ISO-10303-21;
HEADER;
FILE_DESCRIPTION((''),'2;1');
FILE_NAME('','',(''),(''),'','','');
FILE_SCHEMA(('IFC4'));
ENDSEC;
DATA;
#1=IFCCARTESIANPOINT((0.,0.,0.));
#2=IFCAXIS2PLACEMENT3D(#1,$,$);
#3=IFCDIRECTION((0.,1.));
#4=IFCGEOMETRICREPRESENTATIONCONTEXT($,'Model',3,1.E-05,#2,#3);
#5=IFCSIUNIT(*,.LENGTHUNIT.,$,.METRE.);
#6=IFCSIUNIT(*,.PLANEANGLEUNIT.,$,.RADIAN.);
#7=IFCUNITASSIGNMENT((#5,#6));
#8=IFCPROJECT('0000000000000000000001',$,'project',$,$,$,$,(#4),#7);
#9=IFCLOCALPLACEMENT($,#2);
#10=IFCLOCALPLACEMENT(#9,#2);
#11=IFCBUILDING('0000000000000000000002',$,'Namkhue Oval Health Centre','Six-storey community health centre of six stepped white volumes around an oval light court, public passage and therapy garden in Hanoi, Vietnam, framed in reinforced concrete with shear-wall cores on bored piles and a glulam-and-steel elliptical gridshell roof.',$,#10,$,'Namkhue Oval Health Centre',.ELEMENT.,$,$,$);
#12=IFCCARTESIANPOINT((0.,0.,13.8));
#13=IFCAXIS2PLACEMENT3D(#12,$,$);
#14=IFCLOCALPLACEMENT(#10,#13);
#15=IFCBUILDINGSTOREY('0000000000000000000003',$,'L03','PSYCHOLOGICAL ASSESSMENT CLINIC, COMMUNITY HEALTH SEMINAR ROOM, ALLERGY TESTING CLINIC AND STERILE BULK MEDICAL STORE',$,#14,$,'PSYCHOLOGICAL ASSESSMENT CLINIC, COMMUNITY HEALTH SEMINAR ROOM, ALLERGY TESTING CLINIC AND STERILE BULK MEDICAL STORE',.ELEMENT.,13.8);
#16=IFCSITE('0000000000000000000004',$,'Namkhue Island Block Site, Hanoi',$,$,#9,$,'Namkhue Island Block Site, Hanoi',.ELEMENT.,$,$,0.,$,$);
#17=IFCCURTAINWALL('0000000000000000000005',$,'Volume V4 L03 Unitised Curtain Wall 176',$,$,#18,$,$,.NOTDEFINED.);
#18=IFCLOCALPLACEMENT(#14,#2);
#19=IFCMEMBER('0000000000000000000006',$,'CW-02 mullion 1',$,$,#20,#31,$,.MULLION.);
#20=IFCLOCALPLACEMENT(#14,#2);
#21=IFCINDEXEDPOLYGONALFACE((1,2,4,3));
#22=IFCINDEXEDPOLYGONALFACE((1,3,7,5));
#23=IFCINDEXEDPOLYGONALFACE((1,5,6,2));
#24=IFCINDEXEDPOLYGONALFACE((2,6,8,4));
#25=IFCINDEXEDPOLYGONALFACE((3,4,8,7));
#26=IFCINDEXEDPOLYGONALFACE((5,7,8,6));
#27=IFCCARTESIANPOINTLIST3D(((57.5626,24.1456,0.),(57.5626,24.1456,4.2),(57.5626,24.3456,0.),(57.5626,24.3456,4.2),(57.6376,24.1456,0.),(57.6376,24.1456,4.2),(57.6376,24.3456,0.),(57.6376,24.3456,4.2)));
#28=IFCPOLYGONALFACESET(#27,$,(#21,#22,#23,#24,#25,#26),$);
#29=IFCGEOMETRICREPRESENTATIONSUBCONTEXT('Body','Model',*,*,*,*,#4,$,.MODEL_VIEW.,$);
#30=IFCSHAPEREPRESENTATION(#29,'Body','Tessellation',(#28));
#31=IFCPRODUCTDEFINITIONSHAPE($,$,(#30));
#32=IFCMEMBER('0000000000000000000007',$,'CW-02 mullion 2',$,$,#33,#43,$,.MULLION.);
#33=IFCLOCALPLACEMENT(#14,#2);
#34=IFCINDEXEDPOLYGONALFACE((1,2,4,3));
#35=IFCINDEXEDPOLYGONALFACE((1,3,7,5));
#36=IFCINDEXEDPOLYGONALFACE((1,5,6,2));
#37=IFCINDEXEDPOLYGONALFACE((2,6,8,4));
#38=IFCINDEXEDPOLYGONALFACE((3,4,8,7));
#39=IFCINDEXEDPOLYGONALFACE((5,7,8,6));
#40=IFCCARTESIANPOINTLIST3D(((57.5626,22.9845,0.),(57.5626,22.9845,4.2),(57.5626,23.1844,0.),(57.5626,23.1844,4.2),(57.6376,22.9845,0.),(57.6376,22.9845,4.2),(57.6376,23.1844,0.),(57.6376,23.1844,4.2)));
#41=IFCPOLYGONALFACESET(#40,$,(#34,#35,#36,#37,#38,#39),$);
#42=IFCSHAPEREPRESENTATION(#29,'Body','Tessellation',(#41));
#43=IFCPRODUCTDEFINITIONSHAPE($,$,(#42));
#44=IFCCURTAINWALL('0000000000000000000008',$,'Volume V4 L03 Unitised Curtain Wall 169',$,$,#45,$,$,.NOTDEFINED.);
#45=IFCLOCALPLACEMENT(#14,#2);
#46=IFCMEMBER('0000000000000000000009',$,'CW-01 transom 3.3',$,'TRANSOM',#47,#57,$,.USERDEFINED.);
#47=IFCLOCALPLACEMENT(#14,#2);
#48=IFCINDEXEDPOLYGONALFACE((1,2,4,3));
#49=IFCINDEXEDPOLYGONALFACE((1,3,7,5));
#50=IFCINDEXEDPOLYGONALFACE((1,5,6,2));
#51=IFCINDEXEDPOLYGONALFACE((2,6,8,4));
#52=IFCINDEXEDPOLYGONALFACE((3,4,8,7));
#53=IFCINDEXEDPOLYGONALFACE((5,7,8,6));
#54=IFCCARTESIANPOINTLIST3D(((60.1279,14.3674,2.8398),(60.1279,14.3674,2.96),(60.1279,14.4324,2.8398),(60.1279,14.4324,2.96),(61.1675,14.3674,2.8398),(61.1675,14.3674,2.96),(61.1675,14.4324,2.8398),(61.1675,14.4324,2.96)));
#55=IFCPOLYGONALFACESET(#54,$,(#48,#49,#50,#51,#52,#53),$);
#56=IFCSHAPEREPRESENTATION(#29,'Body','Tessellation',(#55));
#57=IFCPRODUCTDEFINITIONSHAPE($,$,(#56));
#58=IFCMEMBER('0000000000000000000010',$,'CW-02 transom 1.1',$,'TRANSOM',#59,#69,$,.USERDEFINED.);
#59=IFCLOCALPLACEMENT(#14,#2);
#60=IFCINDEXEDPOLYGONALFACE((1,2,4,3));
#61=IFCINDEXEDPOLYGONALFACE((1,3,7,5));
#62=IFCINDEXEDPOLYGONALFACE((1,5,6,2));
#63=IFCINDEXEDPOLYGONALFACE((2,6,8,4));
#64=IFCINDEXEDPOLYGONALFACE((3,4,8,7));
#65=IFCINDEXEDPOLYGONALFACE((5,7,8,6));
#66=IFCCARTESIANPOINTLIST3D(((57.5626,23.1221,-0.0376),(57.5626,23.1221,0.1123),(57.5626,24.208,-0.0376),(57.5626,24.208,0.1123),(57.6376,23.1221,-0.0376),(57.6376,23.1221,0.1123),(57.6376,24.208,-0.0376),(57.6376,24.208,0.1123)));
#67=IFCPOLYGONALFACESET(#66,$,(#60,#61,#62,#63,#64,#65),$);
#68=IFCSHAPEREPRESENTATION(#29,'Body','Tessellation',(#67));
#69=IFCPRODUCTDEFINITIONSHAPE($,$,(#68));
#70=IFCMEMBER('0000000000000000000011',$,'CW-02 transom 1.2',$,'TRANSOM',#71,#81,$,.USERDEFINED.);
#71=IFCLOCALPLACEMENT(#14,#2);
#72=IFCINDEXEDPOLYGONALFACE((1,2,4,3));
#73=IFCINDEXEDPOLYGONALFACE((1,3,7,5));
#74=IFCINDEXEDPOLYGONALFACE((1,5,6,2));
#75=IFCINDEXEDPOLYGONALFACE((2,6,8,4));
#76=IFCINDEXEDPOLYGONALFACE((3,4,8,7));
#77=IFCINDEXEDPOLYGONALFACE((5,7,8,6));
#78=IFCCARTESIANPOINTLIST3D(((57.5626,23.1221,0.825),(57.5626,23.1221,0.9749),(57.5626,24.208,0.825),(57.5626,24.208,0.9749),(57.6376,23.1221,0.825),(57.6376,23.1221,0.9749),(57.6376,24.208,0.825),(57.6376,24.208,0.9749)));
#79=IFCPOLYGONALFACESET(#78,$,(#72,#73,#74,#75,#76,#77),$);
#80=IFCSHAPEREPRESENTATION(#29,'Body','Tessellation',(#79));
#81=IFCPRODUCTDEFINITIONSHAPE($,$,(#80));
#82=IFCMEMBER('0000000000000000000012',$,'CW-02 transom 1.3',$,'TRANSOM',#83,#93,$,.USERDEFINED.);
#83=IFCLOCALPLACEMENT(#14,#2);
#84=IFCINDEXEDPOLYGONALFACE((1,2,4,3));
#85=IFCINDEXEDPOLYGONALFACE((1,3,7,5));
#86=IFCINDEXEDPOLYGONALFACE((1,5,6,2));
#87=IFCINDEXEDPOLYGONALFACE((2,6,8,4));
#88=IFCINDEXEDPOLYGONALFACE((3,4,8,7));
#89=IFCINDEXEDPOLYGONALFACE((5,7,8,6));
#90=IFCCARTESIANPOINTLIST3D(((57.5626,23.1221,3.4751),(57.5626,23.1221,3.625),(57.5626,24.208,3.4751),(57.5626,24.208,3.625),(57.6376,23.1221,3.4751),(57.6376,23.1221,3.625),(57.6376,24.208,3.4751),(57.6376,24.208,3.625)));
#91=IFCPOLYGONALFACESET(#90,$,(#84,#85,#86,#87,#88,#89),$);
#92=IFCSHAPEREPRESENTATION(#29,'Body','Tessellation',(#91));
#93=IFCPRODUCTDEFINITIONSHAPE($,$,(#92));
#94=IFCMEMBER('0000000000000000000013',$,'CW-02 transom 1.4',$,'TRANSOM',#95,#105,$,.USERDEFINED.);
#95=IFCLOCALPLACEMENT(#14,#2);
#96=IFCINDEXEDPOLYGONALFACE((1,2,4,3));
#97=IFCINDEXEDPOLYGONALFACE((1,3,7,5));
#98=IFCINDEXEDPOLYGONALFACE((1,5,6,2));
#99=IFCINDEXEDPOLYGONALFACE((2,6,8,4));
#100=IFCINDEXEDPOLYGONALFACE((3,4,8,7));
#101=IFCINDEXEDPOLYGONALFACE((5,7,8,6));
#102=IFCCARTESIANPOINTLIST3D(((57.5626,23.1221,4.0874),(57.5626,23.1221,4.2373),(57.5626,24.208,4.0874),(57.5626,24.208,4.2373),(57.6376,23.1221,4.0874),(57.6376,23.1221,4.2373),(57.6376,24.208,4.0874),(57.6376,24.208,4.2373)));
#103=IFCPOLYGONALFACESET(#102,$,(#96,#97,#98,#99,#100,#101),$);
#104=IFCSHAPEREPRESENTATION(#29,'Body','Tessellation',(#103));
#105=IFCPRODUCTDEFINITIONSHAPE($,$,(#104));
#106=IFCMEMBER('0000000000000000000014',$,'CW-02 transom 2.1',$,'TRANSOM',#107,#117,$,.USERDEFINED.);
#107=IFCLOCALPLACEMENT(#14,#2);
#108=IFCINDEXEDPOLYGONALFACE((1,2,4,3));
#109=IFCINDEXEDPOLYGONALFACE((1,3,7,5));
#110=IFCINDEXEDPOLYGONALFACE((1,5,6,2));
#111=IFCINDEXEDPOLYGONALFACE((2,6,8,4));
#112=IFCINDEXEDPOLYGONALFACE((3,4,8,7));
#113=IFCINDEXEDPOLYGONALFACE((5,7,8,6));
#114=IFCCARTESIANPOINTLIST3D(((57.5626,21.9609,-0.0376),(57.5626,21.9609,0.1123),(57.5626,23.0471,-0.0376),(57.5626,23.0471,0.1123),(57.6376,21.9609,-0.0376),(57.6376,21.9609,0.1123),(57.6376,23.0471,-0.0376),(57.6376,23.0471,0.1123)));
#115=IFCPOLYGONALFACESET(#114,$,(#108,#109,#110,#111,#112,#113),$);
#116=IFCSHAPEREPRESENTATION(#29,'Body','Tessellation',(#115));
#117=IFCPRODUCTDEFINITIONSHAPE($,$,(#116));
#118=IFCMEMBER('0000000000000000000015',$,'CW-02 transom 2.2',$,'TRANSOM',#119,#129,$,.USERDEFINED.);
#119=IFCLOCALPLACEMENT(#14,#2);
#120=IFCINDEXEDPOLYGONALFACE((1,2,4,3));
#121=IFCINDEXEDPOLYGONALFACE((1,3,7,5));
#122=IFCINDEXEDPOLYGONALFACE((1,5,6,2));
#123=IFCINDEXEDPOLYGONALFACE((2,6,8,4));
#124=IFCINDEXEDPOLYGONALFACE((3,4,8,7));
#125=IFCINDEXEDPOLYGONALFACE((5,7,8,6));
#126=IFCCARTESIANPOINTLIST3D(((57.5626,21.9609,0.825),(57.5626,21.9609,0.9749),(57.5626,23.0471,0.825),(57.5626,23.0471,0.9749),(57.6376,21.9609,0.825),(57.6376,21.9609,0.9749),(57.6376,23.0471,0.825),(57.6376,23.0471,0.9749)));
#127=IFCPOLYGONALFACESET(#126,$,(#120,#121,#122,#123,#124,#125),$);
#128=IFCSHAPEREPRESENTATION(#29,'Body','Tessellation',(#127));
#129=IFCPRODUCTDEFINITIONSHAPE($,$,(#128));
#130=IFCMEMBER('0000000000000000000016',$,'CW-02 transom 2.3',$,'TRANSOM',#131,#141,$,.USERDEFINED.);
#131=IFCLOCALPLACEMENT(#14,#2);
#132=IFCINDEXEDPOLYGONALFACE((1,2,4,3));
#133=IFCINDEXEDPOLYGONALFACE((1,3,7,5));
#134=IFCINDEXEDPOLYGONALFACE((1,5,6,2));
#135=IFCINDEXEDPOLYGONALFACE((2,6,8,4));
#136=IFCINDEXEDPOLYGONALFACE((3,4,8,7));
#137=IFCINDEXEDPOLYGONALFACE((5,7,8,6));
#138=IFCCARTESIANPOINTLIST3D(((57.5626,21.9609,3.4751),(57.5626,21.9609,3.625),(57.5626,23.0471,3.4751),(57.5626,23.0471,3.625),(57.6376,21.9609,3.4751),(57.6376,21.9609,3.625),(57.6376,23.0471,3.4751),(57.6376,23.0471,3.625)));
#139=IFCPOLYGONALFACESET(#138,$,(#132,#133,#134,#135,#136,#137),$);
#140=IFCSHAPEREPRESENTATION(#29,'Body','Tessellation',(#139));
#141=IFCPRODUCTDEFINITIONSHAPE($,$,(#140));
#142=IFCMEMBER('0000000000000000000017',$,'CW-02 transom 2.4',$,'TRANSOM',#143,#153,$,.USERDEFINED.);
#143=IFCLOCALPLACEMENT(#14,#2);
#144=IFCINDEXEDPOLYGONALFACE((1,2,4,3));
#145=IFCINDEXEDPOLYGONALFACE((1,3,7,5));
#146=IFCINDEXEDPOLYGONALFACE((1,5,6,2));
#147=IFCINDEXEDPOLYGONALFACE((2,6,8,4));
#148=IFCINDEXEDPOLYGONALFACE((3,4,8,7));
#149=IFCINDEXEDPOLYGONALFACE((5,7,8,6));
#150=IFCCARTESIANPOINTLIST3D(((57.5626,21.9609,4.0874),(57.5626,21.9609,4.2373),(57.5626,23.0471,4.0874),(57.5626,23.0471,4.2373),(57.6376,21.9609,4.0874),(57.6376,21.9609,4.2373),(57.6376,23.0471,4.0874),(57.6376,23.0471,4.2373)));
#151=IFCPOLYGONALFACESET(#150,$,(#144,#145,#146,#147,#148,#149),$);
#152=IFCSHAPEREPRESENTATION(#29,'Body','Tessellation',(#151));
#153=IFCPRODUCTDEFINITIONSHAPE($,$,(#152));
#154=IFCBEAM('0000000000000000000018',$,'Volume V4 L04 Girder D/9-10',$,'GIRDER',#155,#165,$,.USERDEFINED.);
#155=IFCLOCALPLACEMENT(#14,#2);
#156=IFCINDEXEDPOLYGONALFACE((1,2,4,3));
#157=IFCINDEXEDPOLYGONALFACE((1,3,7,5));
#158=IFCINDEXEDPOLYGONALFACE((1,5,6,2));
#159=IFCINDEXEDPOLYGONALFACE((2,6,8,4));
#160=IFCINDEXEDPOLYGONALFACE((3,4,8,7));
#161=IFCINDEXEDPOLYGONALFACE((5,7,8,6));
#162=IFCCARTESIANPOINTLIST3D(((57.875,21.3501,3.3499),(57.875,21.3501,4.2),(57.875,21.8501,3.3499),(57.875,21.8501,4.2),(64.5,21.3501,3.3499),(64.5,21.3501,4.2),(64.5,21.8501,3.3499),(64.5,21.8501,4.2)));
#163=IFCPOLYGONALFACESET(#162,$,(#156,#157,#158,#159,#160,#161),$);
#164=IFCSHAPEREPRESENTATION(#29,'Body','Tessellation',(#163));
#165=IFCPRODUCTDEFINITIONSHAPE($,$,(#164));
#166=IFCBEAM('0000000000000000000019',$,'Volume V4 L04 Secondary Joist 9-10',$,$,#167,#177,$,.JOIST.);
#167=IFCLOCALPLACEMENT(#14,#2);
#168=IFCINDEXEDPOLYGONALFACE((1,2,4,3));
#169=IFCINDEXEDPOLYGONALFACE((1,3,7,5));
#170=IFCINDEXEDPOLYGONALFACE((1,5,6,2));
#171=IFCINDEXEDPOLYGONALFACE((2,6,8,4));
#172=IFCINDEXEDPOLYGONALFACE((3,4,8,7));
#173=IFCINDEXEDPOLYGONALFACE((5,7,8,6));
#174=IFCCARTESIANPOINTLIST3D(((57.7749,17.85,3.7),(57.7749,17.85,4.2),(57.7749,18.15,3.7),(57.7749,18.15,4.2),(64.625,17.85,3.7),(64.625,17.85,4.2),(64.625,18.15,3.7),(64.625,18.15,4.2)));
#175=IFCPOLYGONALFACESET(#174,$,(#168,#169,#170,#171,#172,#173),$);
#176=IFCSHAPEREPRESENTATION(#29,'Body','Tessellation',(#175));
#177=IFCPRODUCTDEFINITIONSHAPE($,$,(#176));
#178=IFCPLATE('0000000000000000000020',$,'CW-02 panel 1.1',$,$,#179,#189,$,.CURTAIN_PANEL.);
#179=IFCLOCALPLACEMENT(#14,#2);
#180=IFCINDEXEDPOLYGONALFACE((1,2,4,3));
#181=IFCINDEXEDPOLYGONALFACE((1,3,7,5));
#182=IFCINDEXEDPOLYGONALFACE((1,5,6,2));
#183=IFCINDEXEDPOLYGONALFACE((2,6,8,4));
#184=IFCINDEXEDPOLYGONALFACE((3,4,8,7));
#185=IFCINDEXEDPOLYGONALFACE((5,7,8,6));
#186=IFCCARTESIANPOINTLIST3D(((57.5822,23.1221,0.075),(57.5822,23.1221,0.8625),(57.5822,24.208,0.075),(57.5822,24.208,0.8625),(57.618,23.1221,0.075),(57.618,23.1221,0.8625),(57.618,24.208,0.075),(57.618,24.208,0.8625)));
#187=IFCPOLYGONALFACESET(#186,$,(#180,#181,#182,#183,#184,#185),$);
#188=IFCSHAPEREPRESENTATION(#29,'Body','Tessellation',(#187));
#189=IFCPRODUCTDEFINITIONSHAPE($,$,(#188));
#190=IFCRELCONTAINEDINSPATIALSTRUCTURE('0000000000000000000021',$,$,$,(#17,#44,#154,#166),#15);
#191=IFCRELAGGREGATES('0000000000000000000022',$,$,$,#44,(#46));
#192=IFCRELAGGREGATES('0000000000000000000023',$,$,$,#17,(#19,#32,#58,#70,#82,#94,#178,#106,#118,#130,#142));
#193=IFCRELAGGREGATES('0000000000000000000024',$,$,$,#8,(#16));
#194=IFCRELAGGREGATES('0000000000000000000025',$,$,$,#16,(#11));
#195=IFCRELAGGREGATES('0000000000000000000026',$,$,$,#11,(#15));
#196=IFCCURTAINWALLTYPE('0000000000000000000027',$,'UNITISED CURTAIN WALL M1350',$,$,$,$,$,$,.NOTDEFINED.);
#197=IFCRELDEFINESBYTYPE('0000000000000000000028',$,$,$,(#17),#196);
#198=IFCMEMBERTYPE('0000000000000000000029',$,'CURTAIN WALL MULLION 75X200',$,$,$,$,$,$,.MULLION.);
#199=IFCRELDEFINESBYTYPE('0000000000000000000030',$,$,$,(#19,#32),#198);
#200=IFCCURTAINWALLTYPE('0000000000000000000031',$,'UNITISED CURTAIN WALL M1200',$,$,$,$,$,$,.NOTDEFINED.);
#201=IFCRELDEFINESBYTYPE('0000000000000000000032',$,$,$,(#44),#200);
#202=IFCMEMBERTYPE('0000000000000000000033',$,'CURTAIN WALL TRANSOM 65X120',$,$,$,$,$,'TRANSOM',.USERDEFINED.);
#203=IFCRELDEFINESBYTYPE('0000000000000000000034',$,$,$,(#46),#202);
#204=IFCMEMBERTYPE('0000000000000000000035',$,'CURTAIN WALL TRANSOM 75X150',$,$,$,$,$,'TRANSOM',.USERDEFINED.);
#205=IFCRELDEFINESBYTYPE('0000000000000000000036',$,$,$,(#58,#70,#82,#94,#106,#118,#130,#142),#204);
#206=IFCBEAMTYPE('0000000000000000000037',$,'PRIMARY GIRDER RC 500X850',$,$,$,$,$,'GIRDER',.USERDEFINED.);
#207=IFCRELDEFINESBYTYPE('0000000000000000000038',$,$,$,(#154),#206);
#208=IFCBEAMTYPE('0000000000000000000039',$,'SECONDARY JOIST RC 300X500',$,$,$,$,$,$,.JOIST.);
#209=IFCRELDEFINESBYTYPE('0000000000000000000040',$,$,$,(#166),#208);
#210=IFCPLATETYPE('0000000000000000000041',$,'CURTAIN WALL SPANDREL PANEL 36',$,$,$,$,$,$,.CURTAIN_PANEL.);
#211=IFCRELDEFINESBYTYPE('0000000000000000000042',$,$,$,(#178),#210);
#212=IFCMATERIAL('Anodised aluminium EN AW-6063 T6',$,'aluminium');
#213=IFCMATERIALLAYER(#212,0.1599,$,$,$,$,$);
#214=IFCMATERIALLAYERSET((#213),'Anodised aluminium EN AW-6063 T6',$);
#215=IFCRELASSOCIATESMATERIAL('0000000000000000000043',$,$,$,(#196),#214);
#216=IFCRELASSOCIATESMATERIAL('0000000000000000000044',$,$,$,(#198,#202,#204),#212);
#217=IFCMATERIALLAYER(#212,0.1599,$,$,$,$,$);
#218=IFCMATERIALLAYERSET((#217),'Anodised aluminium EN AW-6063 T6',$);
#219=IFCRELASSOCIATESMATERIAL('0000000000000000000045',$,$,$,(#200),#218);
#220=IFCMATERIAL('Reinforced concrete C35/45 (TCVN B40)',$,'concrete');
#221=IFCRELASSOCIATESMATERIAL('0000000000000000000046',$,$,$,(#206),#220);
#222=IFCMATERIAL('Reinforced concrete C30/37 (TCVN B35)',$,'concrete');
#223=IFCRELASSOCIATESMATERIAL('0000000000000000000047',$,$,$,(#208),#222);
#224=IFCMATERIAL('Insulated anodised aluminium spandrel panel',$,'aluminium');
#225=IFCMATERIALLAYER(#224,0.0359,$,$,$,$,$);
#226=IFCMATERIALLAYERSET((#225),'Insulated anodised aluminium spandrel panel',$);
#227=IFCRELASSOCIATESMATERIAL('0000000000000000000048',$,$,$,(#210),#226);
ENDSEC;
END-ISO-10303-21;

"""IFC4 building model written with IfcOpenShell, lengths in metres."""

from ifc_helpers import new_model, si_unit, direction, frame, origin, origin_2d, place, context, subcontext, project, spatial, rectangle, extrude, material, layer, layer_set, material_profile, profile_set, type_object, element, aggregate, save


model = new_model("IFC4")

# Units and contexts
model_context = context("Model", 3, precision=1e-05, world=origin(), true_north=direction((0.0, 1.0)))
body_context = subcontext(model_context, "Body", "Model", "MODEL_VIEW")
ifc_project = project(units=[si_unit("LENGTHUNIT", "METRE"), si_unit("PLANEANGLEUNIT", "RADIAN")], contexts=[model_context])

# Site, building, storey
site_placement = place(None, origin())
site = spatial("IfcSite", under=ifc_project, at=site_placement, Name="Namkhue Island Block Site, Hanoi", LongName="Namkhue Island Block Site, Hanoi", CompositionType="ELEMENT", RefElevation=0.0)
building_placement = place(site_placement, origin())
building = spatial("IfcBuilding", under=site, at=building_placement, Name="Namkhue Oval Health Centre", Description="Six-storey community health centre of six stepped white volumes around an oval light court, public passage and therapy garden in Hanoi, Vietnam, framed in reinforced concrete with shear-wall cores on bored piles and a glulam-and-steel elliptical gridshell roof.", LongName="Namkhue Oval Health Centre", CompositionType="ELEMENT")
storey_placement = place(building_placement, frame((0.0, 0.0, 13.8)))
storey = spatial("IfcBuildingStorey", under=building, at=storey_placement, Name="L03", Description="PSYCHOLOGICAL ASSESSMENT CLINIC, COMMUNITY HEALTH SEMINAR ROOM, ALLERGY TESTING CLINIC AND STERILE BULK MEDICAL STORE", LongName="PSYCHOLOGICAL ASSESSMENT CLINIC, COMMUNITY HEALTH SEMINAR ROOM, ALLERGY TESTING CLINIC AND STERILE BULK MEDICAL STORE", CompositionType="ELEMENT", Elevation=13.8)

# Curtain wall, members
ifc_material_1 = material(Name="Anodised aluminium EN AW-6063 T6", Category="aluminium")
ifc_layer_1 = layer(ifc_material_1, 0.1599)
ifc_layer_set_1 = layer_set([ifc_layer_1], Name="Anodised aluminium EN AW-6063 T6")
curtain_wall_type_1 = type_object("IfcCurtainWallType", Name="UNITISED CURTAIN WALL M1350", PredefinedType="NOTDEFINED", material=ifc_layer_set_1)
curtain_wall_1_placement = place(storey_placement, origin())
curtain_wall_1 = element("IfcCurtainWall", 1, at=curtain_wall_1_placement, inside=storey, type_object=curtain_wall_type_1, Name="Volume V4 L03 Unitised Curtain Wall 176", PredefinedType="NOTDEFINED")
ifc_material_profile_1 = material_profile(ifc_material_1, rectangle(XDim=0.075, YDim=0.2, at=origin_2d()), Name="ALU 75x200")
ifc_profile_set_1 = profile_set([ifc_material_profile_1], Name="Anodised aluminium EN AW-6063 T6")
member_type_1 = type_object("IfcMemberType", Name="CURTAIN WALL MULLION 75X200", PredefinedType="MULLION", material=ifc_profile_set_1)
member_1_placement = place(storey_placement, frame((57.6001, 24.2456, 0.0), z_axis=(0.0, 0.0, 1.0), x_axis=(1.0, 0.0, 0.0)))
member_1 = element("IfcMember", 2, at=member_1_placement, type_object=member_type_1, Name="CW-02 mullion 1", PredefinedType="MULLION", context=body_context, shape_type="SweptSolid", body=[
    extrude(rectangle(XDim=0.075, YDim=0.2, at=origin_2d()), origin(), (0.0, 0.0, 1.0), 4.2),
])
member_2_placement = place(storey_placement, frame((57.6001, 23.0845, 0.0), z_axis=(0.0, 0.0, 1.0), x_axis=(1.0, 0.0, 0.0)))
member_2 = element("IfcMember", 3, at=member_2_placement, type_object=member_type_1, Name="CW-02 mullion 2", PredefinedType="MULLION", context=body_context, shape_type="SweptSolid", body=[
    extrude(rectangle(XDim=0.075, YDim=0.2, at=origin_2d()), origin(), (0.0, 0.0, 1.0), 4.2),
])

# Curtain wall, member
ifc_layer_2 = layer(ifc_material_1, 0.1599)
ifc_layer_set_2 = layer_set([ifc_layer_2], Name="Anodised aluminium EN AW-6063 T6")
curtain_wall_type_2 = type_object("IfcCurtainWallType", Name="UNITISED CURTAIN WALL M1200", PredefinedType="NOTDEFINED", material=ifc_layer_set_2)
curtain_wall_2_placement = place(storey_placement, origin())
curtain_wall_2 = element("IfcCurtainWall", 4, at=curtain_wall_2_placement, inside=storey, type_object=curtain_wall_type_2, Name="Volume V4 L03 Unitised Curtain Wall 169", PredefinedType="NOTDEFINED")
ifc_material_profile_2 = material_profile(ifc_material_1, rectangle(XDim=0.0649, YDim=0.1201, at=origin_2d()), Name="ALU 65x120")
ifc_profile_set_2 = profile_set([ifc_material_profile_2], Name="Anodised aluminium EN AW-6063 T6")
member_type_2 = type_object("IfcMemberType", Name="CURTAIN WALL TRANSOM 65X120", ElementType="TRANSOM", PredefinedType="USERDEFINED", material=ifc_profile_set_2)
member_3_placement = place(storey_placement, frame((60.1279, 14.3999, 2.8999), z_axis=(1.0, 0.0, 0.0), x_axis=(0.0, 1.0, 0.0)))
member_3 = element("IfcMember", 5, at=member_3_placement, type_object=member_type_2, Name="CW-01 transom 3.3", ObjectType="TRANSOM", PredefinedType="USERDEFINED", context=body_context, shape_type="SweptSolid", body=[
    extrude(rectangle(XDim=0.0649, YDim=0.1201, at=origin_2d()), origin(), (0.0, 0.0, 1.0), 1.0396),
])
aggregate(curtain_wall_2, [member_3])

# Members
ifc_material_profile_3 = material_profile(ifc_material_1, rectangle(XDim=0.075, YDim=0.1499, at=origin_2d()), Name="ALU 75x150")
ifc_profile_set_3 = profile_set([ifc_material_profile_3], Name="Anodised aluminium EN AW-6063 T6")
member_type_3 = type_object("IfcMemberType", Name="CURTAIN WALL TRANSOM 75X150", ElementType="TRANSOM", PredefinedType="USERDEFINED", material=ifc_profile_set_3)
member_4_placement = place(storey_placement, frame((57.6001, 24.208, 0.0374), z_axis=(0.0, -1.0, 0.0), x_axis=(1.0, 0.0, 0.0)))
member_4 = element("IfcMember", 6, at=member_4_placement, type_object=member_type_3, Name="CW-02 transom 1.1", ObjectType="TRANSOM", PredefinedType="USERDEFINED", context=body_context, shape_type="SweptSolid", body=[
    extrude(rectangle(XDim=0.075, YDim=0.1499, at=origin_2d()), origin(), (0.0, 0.0, 1.0), 1.0859),
])
member_5_placement = place(storey_placement, frame((57.6001, 24.208, 0.8999), z_axis=(0.0, -1.0, 0.0), x_axis=(1.0, 0.0, 0.0)))
member_5 = element("IfcMember", 7, at=member_5_placement, type_object=member_type_3, Name="CW-02 transom 1.2", ObjectType="TRANSOM", PredefinedType="USERDEFINED", context=body_context, shape_type="SweptSolid", body=[
    extrude(rectangle(XDim=0.075, YDim=0.1499, at=origin_2d()), origin(), (0.0, 0.0, 1.0), 1.0859),
])
member_6_placement = place(storey_placement, frame((57.6001, 24.208, 3.55), z_axis=(0.0, -1.0, 0.0), x_axis=(1.0, 0.0, 0.0)))
member_6 = element("IfcMember", 8, at=member_6_placement, type_object=member_type_3, Name="CW-02 transom 1.3", ObjectType="TRANSOM", PredefinedType="USERDEFINED", context=body_context, shape_type="SweptSolid", body=[
    extrude(rectangle(XDim=0.075, YDim=0.1499, at=origin_2d()), origin(), (0.0, 0.0, 1.0), 1.0859),
])
member_7_placement = place(storey_placement, frame((57.6001, 24.208, 4.1624), z_axis=(0.0, -1.0, 0.0), x_axis=(1.0, 0.0, 0.0)))
member_7 = element("IfcMember", 9, at=member_7_placement, type_object=member_type_3, Name="CW-02 transom 1.4", ObjectType="TRANSOM", PredefinedType="USERDEFINED", context=body_context, shape_type="SweptSolid", body=[
    extrude(rectangle(XDim=0.075, YDim=0.1499, at=origin_2d()), origin(), (0.0, 0.0, 1.0), 1.0859),
])
member_8_placement = place(storey_placement, frame((57.6001, 23.0471, 0.0374), z_axis=(0.0, -1.0, 0.0), x_axis=(1.0, 0.0, 0.0)))
member_8 = element("IfcMember", 10, at=member_8_placement, type_object=member_type_3, Name="CW-02 transom 2.1", ObjectType="TRANSOM", PredefinedType="USERDEFINED", context=body_context, shape_type="SweptSolid", body=[
    extrude(rectangle(XDim=0.075, YDim=0.1499, at=origin_2d()), origin(), (0.0, 0.0, 1.0), 1.0862),
])
member_9_placement = place(storey_placement, frame((57.6001, 23.0471, 0.8999), z_axis=(0.0, -1.0, 0.0), x_axis=(1.0, 0.0, 0.0)))
member_9 = element("IfcMember", 11, at=member_9_placement, type_object=member_type_3, Name="CW-02 transom 2.2", ObjectType="TRANSOM", PredefinedType="USERDEFINED", context=body_context, shape_type="SweptSolid", body=[
    extrude(rectangle(XDim=0.075, YDim=0.1499, at=origin_2d()), origin(), (0.0, 0.0, 1.0), 1.0862),
])
member_10_placement = place(storey_placement, frame((57.6001, 23.0471, 3.55), z_axis=(0.0, -1.0, 0.0), x_axis=(1.0, 0.0, 0.0)))
member_10 = element("IfcMember", 12, at=member_10_placement, type_object=member_type_3, Name="CW-02 transom 2.3", ObjectType="TRANSOM", PredefinedType="USERDEFINED", context=body_context, shape_type="SweptSolid", body=[
    extrude(rectangle(XDim=0.075, YDim=0.1499, at=origin_2d()), origin(), (0.0, 0.0, 1.0), 1.0862),
])
member_11_placement = place(storey_placement, frame((57.6001, 23.0471, 4.1624), z_axis=(0.0, -1.0, 0.0), x_axis=(1.0, 0.0, 0.0)))
member_11 = element("IfcMember", 13, at=member_11_placement, type_object=member_type_3, Name="CW-02 transom 2.4", ObjectType="TRANSOM", PredefinedType="USERDEFINED", context=body_context, shape_type="SweptSolid", body=[
    extrude(rectangle(XDim=0.075, YDim=0.1499, at=origin_2d()), origin(), (0.0, 0.0, 1.0), 1.0862),
])

# Beams
ifc_material_2 = material(Name="Reinforced concrete C35/45 (TCVN B40)", Category="concrete")
ifc_material_profile_4 = material_profile(ifc_material_2, rectangle(XDim=0.5, YDim=0.8501, at=origin_2d()), Name="RC 500x850")
ifc_profile_set_4 = profile_set([ifc_material_profile_4], Name="Reinforced concrete C35/45 (TCVN B40)")
beam_type_1 = type_object("IfcBeamType", Name="PRIMARY GIRDER RC 500X850", ElementType="GIRDER", PredefinedType="USERDEFINED", material=ifc_profile_set_4)
beam_1_placement = place(storey_placement, frame((57.875, 21.6001, 3.7749), z_axis=(1.0, 0.0, 0.0), x_axis=(0.0, 1.0, 0.0)))
element("IfcBeam", 14, at=beam_1_placement, inside=storey, type_object=beam_type_1, Name="Volume V4 L04 Girder D/9-10", ObjectType="GIRDER", PredefinedType="USERDEFINED", context=body_context, shape_type="SweptSolid", body=[
    extrude(rectangle(XDim=0.5, YDim=0.8501, at=origin_2d()), origin(), (0.0, 0.0, 1.0), 6.625),
])
ifc_material_3 = material(Name="Reinforced concrete C30/37 (TCVN B35)", Category="concrete")
ifc_material_profile_5 = material_profile(ifc_material_3, rectangle(XDim=0.3, YDim=0.5, at=origin_2d()), Name="RC 300x500")
ifc_profile_set_5 = profile_set([ifc_material_profile_5], Name="Reinforced concrete C30/37 (TCVN B35)")
beam_type_2 = type_object("IfcBeamType", Name="SECONDARY JOIST RC 300X500", PredefinedType="JOIST", material=ifc_profile_set_5)
beam_2_placement = place(storey_placement, frame((57.7749, 18.0, 3.95), z_axis=(1.0, 0.0, 0.0), x_axis=(0.0, 1.0, 0.0)))
element("IfcBeam", 15, at=beam_2_placement, inside=storey, type_object=beam_type_2, Name="Volume V4 L04 Secondary Joist 9-10", PredefinedType="JOIST", context=body_context, shape_type="SweptSolid", body=[
    extrude(rectangle(XDim=0.3, YDim=0.5, at=origin_2d()), origin(), (0.0, 0.0, 1.0), 6.8501),
])

# Plate
ifc_material_4 = material(Name="Insulated anodised aluminium spandrel panel", Category="aluminium")
ifc_layer_3 = layer(ifc_material_4, 0.0359)
ifc_layer_set_3 = layer_set([ifc_layer_3], Name="Insulated anodised aluminium spandrel panel")
plate_type = type_object("IfcPlateType", Name="CURTAIN WALL SPANDREL PANEL 36", PredefinedType="CURTAIN_PANEL", material=ifc_layer_set_3)
plate_1_placement = place(storey_placement, frame((57.6001, 23.665, 0.075), z_axis=(0.0, 0.0, 1.0), x_axis=(0.0, -1.0, 0.0)))
plate_1 = element("IfcPlate", 16, at=plate_1_placement, type_object=plate_type, Name="CW-02 panel 1.1", PredefinedType="CURTAIN_PANEL", context=body_context, shape_type="SweptSolid", body=[
    extrude(rectangle(XDim=1.0859, YDim=0.0359, at=origin_2d()), origin(), (0.0, 0.0, 1.0), 0.7876),
])
aggregate(curtain_wall_1, [member_1, member_2, member_4, member_5, member_6, member_7, plate_1, member_8, member_9, member_10, member_11])

save(model, "model.ifc")
